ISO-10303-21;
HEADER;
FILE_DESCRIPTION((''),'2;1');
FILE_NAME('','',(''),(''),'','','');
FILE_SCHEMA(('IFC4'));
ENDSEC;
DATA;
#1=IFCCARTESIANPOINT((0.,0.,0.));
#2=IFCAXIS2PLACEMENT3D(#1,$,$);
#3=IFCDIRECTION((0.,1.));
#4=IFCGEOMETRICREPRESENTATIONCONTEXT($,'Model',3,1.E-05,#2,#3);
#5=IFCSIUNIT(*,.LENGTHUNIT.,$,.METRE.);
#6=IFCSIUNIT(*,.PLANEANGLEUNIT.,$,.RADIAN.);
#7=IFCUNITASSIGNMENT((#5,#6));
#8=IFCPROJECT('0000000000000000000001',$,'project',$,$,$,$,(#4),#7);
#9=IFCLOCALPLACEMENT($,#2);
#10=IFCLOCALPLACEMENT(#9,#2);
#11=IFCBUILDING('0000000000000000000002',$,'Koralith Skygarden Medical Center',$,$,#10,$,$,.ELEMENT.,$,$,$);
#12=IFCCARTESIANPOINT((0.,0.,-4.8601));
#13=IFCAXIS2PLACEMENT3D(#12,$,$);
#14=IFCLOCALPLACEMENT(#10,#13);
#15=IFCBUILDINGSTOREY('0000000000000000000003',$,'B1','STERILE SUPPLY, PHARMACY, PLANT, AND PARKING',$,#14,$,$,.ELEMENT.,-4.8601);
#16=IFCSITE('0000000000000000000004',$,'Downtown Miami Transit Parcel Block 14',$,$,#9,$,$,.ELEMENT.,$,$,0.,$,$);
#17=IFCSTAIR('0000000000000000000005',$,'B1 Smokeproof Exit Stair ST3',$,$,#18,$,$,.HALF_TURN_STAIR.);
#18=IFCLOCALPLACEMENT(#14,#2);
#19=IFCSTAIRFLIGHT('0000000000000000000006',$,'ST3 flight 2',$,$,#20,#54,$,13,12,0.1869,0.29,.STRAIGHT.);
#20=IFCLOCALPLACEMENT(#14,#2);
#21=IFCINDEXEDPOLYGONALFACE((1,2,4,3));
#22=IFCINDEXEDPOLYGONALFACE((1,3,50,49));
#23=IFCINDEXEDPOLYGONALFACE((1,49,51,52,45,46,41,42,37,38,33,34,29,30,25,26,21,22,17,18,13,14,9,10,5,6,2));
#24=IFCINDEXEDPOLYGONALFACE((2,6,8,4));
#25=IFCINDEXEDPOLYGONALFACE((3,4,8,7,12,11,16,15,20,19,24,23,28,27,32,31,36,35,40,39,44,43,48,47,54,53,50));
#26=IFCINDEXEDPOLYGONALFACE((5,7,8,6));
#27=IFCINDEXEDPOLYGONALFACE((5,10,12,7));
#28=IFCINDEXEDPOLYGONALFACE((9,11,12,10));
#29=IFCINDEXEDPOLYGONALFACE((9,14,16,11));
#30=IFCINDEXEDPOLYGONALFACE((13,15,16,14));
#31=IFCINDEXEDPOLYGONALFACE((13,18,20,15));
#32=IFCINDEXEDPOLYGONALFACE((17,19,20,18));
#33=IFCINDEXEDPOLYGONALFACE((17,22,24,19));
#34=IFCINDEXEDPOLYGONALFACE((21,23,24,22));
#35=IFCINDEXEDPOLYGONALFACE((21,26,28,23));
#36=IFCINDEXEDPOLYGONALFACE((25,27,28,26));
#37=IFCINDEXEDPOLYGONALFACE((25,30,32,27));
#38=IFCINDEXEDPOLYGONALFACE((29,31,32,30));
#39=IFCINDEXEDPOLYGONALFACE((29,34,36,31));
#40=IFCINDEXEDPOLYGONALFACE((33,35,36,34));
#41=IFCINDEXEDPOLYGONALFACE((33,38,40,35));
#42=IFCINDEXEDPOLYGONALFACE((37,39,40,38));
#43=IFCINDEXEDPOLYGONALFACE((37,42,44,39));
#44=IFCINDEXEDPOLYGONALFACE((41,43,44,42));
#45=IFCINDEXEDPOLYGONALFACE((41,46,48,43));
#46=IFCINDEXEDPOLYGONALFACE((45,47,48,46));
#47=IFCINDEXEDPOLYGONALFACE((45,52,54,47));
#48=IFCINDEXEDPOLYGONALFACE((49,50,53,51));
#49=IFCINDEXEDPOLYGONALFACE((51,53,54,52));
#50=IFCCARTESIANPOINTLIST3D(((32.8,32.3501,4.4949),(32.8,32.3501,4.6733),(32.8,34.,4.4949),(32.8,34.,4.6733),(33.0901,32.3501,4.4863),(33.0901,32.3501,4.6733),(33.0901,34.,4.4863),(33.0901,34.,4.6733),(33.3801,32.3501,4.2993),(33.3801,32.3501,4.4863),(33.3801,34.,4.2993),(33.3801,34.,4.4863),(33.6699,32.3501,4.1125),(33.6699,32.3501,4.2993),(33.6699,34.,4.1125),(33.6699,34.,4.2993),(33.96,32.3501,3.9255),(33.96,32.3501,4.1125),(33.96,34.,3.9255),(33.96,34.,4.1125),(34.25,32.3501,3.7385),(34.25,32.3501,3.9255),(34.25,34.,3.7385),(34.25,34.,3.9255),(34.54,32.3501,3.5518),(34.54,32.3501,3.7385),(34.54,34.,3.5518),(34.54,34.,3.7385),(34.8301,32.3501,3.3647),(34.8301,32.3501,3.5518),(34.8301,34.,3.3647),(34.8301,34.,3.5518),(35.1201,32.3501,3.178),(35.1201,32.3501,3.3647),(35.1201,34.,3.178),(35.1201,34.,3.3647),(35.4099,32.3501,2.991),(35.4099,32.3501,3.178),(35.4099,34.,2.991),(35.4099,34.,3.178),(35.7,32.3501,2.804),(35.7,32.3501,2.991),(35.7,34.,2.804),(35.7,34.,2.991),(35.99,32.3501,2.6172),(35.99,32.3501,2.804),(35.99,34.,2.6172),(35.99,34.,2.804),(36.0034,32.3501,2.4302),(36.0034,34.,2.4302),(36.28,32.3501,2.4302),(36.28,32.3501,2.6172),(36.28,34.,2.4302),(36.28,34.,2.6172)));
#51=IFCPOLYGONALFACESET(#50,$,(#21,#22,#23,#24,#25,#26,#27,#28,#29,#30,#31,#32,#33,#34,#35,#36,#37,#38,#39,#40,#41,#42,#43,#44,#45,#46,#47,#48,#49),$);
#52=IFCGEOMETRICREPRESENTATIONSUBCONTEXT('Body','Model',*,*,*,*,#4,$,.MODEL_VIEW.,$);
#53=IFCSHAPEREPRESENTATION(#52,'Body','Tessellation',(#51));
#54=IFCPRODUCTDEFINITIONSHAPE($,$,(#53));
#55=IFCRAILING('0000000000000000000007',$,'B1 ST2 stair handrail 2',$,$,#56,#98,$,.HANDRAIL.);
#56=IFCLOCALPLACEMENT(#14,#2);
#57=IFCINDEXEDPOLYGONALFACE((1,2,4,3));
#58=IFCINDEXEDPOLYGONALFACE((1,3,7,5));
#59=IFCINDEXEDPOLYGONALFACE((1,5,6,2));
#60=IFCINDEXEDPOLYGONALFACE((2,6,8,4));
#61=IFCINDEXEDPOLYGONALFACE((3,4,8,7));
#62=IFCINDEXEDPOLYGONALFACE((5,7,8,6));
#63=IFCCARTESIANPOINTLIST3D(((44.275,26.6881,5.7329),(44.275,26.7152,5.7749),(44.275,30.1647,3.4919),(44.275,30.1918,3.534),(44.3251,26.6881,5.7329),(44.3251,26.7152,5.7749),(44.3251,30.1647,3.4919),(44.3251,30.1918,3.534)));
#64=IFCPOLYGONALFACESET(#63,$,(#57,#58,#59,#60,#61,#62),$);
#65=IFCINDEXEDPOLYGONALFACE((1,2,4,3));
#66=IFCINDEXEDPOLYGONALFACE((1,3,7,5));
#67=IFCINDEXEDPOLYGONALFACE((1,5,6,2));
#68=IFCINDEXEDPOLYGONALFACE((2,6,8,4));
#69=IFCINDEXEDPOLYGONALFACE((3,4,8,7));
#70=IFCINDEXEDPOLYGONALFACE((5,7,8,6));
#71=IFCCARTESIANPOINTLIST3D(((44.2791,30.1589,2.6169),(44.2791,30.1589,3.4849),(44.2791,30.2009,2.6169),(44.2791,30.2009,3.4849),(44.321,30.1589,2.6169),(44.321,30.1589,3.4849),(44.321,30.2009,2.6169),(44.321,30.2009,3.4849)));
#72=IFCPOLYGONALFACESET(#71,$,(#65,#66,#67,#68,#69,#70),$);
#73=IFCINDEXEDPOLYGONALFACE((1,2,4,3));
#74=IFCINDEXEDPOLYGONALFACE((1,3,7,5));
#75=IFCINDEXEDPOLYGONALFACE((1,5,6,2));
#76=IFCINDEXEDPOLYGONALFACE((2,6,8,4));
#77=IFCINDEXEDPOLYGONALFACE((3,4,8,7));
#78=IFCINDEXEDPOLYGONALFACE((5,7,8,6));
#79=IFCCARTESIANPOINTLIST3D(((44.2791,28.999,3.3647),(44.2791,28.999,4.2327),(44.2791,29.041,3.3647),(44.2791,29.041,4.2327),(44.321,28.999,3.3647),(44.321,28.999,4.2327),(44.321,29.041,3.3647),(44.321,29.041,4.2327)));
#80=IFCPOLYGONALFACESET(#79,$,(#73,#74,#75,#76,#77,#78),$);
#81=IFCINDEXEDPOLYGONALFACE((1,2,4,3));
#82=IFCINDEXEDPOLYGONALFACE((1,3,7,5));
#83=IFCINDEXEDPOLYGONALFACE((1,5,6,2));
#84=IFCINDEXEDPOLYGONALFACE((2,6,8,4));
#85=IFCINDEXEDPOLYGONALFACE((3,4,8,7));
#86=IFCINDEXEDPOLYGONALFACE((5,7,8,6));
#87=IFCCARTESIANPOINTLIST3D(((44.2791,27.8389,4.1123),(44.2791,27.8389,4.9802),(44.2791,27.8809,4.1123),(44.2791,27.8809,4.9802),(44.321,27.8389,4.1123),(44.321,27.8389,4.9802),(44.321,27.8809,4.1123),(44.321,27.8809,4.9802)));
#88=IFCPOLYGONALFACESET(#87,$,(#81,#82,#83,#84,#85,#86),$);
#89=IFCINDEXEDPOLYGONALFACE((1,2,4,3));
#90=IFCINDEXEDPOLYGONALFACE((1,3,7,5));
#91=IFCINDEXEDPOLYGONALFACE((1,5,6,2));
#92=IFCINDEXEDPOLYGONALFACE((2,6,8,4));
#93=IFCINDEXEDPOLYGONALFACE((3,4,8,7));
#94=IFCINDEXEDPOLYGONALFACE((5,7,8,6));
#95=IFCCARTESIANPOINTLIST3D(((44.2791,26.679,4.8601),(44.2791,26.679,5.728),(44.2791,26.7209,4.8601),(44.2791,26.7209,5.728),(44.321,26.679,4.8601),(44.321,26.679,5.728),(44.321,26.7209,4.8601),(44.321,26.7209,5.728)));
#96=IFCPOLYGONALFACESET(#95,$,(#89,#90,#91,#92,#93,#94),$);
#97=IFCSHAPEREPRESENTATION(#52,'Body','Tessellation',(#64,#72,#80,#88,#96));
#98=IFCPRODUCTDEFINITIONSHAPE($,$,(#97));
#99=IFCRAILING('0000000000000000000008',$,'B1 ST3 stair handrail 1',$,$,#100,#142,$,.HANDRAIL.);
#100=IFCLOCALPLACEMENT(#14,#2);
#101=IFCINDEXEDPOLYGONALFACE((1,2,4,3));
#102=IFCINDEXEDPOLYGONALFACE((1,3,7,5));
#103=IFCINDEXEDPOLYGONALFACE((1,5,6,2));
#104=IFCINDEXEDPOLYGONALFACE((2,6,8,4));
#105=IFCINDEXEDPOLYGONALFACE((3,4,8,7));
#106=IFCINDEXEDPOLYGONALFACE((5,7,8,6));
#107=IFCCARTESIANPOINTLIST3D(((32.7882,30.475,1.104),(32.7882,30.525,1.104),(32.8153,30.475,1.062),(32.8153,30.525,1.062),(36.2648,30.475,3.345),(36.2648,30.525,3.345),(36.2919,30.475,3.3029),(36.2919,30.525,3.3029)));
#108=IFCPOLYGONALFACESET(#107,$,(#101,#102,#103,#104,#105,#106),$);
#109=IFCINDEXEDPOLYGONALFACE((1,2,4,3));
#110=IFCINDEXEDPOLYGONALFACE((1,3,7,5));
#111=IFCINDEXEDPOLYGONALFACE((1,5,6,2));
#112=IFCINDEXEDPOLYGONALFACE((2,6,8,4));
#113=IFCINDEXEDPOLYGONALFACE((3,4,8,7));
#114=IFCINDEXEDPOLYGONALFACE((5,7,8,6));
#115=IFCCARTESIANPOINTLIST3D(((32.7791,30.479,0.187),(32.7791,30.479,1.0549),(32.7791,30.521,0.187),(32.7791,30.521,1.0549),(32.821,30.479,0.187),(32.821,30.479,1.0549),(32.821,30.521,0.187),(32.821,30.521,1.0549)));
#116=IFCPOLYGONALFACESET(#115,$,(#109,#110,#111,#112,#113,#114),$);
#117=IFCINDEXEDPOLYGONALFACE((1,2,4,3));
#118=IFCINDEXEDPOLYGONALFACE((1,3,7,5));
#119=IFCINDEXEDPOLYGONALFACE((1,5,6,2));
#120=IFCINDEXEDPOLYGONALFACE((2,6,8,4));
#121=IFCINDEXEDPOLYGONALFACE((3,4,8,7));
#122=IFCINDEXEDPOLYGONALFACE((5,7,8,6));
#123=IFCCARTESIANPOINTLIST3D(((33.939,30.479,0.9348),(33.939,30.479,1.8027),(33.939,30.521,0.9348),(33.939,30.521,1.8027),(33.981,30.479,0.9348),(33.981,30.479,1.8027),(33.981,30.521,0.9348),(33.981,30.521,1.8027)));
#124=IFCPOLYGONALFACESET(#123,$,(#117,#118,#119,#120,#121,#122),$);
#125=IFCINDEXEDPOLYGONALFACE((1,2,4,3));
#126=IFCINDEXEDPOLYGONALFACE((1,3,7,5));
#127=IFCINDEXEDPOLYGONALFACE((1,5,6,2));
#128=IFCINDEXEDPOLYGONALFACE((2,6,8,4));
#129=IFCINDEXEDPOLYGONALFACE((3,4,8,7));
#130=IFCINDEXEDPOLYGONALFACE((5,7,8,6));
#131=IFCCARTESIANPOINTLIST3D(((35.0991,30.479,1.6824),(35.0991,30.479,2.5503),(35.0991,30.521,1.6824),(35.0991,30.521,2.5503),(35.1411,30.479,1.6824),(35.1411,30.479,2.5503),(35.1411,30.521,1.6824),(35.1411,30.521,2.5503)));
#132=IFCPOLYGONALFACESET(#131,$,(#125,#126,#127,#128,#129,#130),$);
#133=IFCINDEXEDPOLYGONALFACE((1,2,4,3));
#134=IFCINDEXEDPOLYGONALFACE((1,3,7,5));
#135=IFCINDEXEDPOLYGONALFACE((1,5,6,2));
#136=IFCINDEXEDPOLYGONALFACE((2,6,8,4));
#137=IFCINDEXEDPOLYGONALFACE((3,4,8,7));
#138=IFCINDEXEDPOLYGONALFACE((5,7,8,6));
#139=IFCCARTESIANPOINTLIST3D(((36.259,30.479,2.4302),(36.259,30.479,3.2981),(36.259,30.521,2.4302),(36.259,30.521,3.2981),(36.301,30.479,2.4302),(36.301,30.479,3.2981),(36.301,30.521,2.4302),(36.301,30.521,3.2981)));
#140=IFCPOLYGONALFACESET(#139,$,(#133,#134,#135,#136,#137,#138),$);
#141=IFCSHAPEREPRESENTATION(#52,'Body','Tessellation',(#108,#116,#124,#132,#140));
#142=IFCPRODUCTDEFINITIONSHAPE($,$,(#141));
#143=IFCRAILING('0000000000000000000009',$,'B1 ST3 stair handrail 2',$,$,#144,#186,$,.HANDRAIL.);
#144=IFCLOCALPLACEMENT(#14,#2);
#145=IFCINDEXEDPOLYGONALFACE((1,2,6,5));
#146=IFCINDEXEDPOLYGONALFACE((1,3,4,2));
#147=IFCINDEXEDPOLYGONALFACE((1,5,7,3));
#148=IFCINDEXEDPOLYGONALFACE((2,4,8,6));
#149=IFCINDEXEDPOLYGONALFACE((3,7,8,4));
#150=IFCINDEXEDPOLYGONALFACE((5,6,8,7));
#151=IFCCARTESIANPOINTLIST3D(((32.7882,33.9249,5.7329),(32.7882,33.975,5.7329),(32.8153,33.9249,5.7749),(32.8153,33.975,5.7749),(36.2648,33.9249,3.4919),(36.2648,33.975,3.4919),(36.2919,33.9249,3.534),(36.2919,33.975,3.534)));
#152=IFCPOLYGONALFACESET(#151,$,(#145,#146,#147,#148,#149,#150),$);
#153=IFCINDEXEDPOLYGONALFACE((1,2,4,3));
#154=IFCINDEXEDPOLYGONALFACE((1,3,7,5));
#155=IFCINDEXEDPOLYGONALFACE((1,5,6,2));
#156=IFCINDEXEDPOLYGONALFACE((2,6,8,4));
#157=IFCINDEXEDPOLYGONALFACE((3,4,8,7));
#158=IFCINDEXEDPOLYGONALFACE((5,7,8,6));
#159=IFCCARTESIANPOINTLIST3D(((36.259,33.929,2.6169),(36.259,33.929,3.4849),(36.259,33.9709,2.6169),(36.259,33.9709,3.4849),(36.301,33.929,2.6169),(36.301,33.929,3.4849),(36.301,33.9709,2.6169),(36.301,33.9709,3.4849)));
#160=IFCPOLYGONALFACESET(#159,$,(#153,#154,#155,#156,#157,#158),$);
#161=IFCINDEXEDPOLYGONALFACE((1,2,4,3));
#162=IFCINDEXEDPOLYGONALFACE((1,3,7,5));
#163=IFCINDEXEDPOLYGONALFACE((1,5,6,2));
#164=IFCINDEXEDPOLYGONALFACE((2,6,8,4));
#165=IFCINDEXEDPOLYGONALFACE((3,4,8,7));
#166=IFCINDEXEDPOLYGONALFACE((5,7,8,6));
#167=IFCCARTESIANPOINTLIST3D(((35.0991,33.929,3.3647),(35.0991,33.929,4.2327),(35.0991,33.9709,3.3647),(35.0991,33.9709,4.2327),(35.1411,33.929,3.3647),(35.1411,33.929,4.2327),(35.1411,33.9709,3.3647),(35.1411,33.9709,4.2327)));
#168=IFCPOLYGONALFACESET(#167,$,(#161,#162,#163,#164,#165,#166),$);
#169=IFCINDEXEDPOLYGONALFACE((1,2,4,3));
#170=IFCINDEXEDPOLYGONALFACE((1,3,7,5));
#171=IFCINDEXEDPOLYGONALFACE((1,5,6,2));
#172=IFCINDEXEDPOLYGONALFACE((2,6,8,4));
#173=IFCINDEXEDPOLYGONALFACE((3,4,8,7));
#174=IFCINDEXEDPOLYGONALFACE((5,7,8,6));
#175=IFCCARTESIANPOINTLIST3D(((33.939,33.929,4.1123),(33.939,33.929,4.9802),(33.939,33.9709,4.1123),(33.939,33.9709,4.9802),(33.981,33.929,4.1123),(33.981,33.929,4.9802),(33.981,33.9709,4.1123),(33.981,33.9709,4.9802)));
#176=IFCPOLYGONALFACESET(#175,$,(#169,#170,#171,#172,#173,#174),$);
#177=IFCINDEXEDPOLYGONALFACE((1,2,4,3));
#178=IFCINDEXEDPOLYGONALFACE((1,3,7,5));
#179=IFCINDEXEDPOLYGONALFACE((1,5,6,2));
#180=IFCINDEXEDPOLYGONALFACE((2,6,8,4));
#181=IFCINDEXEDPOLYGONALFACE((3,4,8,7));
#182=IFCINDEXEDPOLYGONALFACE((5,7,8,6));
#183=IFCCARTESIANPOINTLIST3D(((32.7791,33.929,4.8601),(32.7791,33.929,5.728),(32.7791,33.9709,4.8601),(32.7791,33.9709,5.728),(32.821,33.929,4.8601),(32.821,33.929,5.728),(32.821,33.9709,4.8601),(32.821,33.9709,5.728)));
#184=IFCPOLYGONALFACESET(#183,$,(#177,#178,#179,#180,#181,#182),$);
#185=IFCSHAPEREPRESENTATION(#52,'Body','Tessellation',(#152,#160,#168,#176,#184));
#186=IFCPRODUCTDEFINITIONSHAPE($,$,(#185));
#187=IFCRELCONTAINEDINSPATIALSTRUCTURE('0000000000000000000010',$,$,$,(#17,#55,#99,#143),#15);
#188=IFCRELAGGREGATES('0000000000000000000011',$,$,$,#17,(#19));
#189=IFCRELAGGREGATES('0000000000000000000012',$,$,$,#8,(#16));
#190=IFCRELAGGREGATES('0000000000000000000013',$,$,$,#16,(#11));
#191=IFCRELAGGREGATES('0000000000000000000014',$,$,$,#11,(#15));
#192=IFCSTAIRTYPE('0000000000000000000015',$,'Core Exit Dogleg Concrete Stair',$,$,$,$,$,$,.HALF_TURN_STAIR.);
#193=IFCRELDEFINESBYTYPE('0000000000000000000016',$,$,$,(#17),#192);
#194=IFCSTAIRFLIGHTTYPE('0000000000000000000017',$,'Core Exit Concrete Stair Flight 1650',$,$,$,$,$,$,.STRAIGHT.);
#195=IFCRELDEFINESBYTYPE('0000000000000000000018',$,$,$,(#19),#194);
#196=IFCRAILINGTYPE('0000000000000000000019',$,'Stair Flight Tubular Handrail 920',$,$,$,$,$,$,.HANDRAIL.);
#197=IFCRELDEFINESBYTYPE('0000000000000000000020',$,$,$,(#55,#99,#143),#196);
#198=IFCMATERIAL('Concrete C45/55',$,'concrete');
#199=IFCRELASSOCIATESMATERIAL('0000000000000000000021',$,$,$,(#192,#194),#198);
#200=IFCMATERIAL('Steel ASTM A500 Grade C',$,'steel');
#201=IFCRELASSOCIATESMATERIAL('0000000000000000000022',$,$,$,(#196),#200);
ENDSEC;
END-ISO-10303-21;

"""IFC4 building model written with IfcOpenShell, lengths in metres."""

from ifc_helpers import new_model, si_unit, direction, frame, origin, origin_2d, place, context, subcontext, project, spatial, polyline, rectangle, outline, extrude, material, type_object, element, aggregate, save


model = new_model("IFC4")

# Units and contexts
model_context = context("Model", 3, precision=1e-05, world=origin(), true_north=direction((0.0, 1.0)))
body_context = subcontext(model_context, "Body", "Model", "MODEL_VIEW")
ifc_project = project(units=[si_unit("LENGTHUNIT", "METRE"), si_unit("PLANEANGLEUNIT", "RADIAN")], contexts=[model_context])

# Site, building, storey
site_placement = place(None, origin())
site = spatial("IfcSite", under=ifc_project, at=site_placement, Name="Downtown Miami Transit Parcel Block 14", CompositionType="ELEMENT", RefElevation=0.0)
building_placement = place(site_placement, origin())
building = spatial("IfcBuilding", under=site, at=building_placement, Name="Koralith Skygarden Medical Center", CompositionType="ELEMENT")
storey_placement = place(building_placement, frame((0.0, 0.0, -4.8601)))
storey = spatial("IfcBuildingStorey", under=building, at=storey_placement, Name="B1", Description="STERILE SUPPLY, PHARMACY, PLANT, AND PARKING", CompositionType="ELEMENT", Elevation=-4.8601)

# Shared definitions
ifc_material_1 = material(Name="Concrete C45/55", Category="concrete")

# Stair, stair flight
stair_type = type_object("IfcStairType", Name="Core Exit Dogleg Concrete Stair", PredefinedType="HALF_TURN_STAIR", material=ifc_material_1)
stair_placement = place(storey_placement, origin())
stair = element("IfcStair", 1, at=stair_placement, inside=storey, type_object=stair_type, Name="B1 Smokeproof Exit Stair ST3", PredefinedType="HALF_TURN_STAIR")
stair_flight_type = type_object("IfcStairFlightType", Name="Core Exit Concrete Stair Flight 1650", PredefinedType="STRAIGHT", material=ifc_material_1)
stair_flight_1_placement = place(storey_placement, frame((36.28, 33.175, 2.4302), z_axis=(0.0, 0.0, 1.0), x_axis=(-1.0, 0.0, 0.0)))
stair_flight_1 = element("IfcStairFlight", 2, at=stair_flight_1_placement, type_object=stair_flight_type, Name="ST3 flight 2", NumberOfRisers=13, NumberOfTreads=12, PredefinedType="STRAIGHT", RiserHeight=0.1869, TreadLength=0.29, context=body_context, shape_type="SweptSolid", body=[
    extrude(outline(polyline([(0.0, 0.0), (0.0, 0.187), (0.29, 0.187), (0.29, 0.3738), (0.5801, 0.3738), (0.5801, 0.5608), (0.8701, 0.5608), (0.8701, 0.7478), (1.1599, 0.7478), (1.1599, 0.9346), (1.45, 0.9346), (1.45, 1.1216), (1.74, 1.1216), (1.74, 1.3083), (2.03, 1.3083), (2.03, 1.4954), (2.3201, 1.4954), (2.3201, 1.6824), (2.6101, 1.6824), (2.6101, 1.8691), (2.8999, 1.8691), (2.8999, 2.0562), (3.1899, 2.0562), (3.1899, 2.2432), (3.48, 2.2432), (3.48, 2.4299), (3.48, 2.0647), (0.2766, 0.0), (0.0, 0.0)])), frame((0.0, 0.825, 0.0), z_axis=(0.0, -1.0, 0.0), x_axis=(1.0, 0.0, 0.0)), (0.0, 0.0, 1.0), 1.6499),
])
aggregate(stair, [stair_flight_1])

# Railings
ifc_material_2 = material(Name="Steel ASTM A500 Grade C", Category="steel")
railing_type_1 = type_object("IfcRailingType", Name="Stair Flight Tubular Handrail 920", PredefinedType="HANDRAIL", material=ifc_material_2)
railing_1_placement = place(storey_placement, frame((44.3, 30.1799, 2.6169)))
element("IfcRailing", 3, at=railing_1_placement, inside=storey, type_object=railing_type_1, Name="B1 ST2 stair handrail 2", PredefinedType="HANDRAIL", context=body_context, shape_type="SweptSolid", body=[
    extrude(rectangle(XDim=0.05, YDim=0.05, at=origin_2d()), frame((0.0, -0.0017, 0.896), z_axis=(0.0, -0.840515, 0.541788), x_axis=(1.0, 0.0, 0.0)), (0.0, 0.0, 1.0), 4.1362),
    extrude(rectangle(XDim=0.042, YDim=0.042, at=origin_2d()), origin(), (0.0, 0.0, 1.0), 0.8679),
    extrude(rectangle(XDim=0.042, YDim=0.042, at=origin_2d()), frame((0.0, -1.1599, 0.7478)), (0.0, 0.0, 1.0), 0.8679),
    extrude(rectangle(XDim=0.042, YDim=0.042, at=origin_2d()), frame((0.0, -2.3201, 1.4954)), (0.0, 0.0, 1.0), 0.8679),
    extrude(rectangle(XDim=0.042, YDim=0.042, at=origin_2d()), frame((0.0, -3.48, 2.2432)), (0.0, 0.0, 1.0), 0.8679),
])
railing_2_placement = place(storey_placement, frame((32.8, 30.5, 0.187)))
element("IfcRailing", 4, at=railing_2_placement, inside=storey, type_object=railing_type_1, Name="B1 ST3 stair handrail 1", PredefinedType="HANDRAIL", context=body_context, shape_type="SweptSolid", body=[
    extrude(rectangle(XDim=0.05, YDim=0.05, at=origin_2d()), frame((0.0017, 0.0, 0.896), z_axis=(0.840515, 0.0, 0.541788), x_axis=(0.0, 1.0, 0.0)), (0.0, 0.0, 1.0), 4.1362),
    extrude(rectangle(XDim=0.042, YDim=0.042, at=origin_2d()), origin(), (0.0, 0.0, 1.0), 0.8679),
    extrude(rectangle(XDim=0.042, YDim=0.042, at=origin_2d()), frame((1.1599, 0.0, 0.7478)), (0.0, 0.0, 1.0), 0.8679),
    extrude(rectangle(XDim=0.042, YDim=0.042, at=origin_2d()), frame((2.3201, 0.0, 1.4954)), (0.0, 0.0, 1.0), 0.8679),
    extrude(rectangle(XDim=0.042, YDim=0.042, at=origin_2d()), frame((3.48, 0.0, 2.2432)), (0.0, 0.0, 1.0), 0.8679),
])
railing_3_placement = place(storey_placement, frame((36.28, 33.95, 2.6169)))
element("IfcRailing", 5, at=railing_3_placement, inside=storey, type_object=railing_type_1, Name="B1 ST3 stair handrail 2", PredefinedType="HANDRAIL", context=body_context, shape_type="SweptSolid", body=[
    extrude(rectangle(XDim=0.05, YDim=0.05, at=origin_2d()), frame((-0.0017, 0.0, 0.896), z_axis=(-0.840515, 0.0, 0.541788), x_axis=(0.0, -1.0, 0.0)), (0.0, 0.0, 1.0), 4.1362),
    extrude(rectangle(XDim=0.042, YDim=0.042, at=origin_2d()), origin(), (0.0, 0.0, 1.0), 0.8679),
    extrude(rectangle(XDim=0.042, YDim=0.042, at=origin_2d()), frame((-1.1599, 0.0, 0.7478)), (0.0, 0.0, 1.0), 0.8679),
    extrude(rectangle(XDim=0.042, YDim=0.042, at=origin_2d()), frame((-2.3201, 0.0, 1.4954)), (0.0, 0.0, 1.0), 0.8679),
    extrude(rectangle(XDim=0.042, YDim=0.042, at=origin_2d()), frame((-3.48, 0.0, 2.2432)), (0.0, 0.0, 1.0), 0.8679),
])

save(model, "model.ifc")
